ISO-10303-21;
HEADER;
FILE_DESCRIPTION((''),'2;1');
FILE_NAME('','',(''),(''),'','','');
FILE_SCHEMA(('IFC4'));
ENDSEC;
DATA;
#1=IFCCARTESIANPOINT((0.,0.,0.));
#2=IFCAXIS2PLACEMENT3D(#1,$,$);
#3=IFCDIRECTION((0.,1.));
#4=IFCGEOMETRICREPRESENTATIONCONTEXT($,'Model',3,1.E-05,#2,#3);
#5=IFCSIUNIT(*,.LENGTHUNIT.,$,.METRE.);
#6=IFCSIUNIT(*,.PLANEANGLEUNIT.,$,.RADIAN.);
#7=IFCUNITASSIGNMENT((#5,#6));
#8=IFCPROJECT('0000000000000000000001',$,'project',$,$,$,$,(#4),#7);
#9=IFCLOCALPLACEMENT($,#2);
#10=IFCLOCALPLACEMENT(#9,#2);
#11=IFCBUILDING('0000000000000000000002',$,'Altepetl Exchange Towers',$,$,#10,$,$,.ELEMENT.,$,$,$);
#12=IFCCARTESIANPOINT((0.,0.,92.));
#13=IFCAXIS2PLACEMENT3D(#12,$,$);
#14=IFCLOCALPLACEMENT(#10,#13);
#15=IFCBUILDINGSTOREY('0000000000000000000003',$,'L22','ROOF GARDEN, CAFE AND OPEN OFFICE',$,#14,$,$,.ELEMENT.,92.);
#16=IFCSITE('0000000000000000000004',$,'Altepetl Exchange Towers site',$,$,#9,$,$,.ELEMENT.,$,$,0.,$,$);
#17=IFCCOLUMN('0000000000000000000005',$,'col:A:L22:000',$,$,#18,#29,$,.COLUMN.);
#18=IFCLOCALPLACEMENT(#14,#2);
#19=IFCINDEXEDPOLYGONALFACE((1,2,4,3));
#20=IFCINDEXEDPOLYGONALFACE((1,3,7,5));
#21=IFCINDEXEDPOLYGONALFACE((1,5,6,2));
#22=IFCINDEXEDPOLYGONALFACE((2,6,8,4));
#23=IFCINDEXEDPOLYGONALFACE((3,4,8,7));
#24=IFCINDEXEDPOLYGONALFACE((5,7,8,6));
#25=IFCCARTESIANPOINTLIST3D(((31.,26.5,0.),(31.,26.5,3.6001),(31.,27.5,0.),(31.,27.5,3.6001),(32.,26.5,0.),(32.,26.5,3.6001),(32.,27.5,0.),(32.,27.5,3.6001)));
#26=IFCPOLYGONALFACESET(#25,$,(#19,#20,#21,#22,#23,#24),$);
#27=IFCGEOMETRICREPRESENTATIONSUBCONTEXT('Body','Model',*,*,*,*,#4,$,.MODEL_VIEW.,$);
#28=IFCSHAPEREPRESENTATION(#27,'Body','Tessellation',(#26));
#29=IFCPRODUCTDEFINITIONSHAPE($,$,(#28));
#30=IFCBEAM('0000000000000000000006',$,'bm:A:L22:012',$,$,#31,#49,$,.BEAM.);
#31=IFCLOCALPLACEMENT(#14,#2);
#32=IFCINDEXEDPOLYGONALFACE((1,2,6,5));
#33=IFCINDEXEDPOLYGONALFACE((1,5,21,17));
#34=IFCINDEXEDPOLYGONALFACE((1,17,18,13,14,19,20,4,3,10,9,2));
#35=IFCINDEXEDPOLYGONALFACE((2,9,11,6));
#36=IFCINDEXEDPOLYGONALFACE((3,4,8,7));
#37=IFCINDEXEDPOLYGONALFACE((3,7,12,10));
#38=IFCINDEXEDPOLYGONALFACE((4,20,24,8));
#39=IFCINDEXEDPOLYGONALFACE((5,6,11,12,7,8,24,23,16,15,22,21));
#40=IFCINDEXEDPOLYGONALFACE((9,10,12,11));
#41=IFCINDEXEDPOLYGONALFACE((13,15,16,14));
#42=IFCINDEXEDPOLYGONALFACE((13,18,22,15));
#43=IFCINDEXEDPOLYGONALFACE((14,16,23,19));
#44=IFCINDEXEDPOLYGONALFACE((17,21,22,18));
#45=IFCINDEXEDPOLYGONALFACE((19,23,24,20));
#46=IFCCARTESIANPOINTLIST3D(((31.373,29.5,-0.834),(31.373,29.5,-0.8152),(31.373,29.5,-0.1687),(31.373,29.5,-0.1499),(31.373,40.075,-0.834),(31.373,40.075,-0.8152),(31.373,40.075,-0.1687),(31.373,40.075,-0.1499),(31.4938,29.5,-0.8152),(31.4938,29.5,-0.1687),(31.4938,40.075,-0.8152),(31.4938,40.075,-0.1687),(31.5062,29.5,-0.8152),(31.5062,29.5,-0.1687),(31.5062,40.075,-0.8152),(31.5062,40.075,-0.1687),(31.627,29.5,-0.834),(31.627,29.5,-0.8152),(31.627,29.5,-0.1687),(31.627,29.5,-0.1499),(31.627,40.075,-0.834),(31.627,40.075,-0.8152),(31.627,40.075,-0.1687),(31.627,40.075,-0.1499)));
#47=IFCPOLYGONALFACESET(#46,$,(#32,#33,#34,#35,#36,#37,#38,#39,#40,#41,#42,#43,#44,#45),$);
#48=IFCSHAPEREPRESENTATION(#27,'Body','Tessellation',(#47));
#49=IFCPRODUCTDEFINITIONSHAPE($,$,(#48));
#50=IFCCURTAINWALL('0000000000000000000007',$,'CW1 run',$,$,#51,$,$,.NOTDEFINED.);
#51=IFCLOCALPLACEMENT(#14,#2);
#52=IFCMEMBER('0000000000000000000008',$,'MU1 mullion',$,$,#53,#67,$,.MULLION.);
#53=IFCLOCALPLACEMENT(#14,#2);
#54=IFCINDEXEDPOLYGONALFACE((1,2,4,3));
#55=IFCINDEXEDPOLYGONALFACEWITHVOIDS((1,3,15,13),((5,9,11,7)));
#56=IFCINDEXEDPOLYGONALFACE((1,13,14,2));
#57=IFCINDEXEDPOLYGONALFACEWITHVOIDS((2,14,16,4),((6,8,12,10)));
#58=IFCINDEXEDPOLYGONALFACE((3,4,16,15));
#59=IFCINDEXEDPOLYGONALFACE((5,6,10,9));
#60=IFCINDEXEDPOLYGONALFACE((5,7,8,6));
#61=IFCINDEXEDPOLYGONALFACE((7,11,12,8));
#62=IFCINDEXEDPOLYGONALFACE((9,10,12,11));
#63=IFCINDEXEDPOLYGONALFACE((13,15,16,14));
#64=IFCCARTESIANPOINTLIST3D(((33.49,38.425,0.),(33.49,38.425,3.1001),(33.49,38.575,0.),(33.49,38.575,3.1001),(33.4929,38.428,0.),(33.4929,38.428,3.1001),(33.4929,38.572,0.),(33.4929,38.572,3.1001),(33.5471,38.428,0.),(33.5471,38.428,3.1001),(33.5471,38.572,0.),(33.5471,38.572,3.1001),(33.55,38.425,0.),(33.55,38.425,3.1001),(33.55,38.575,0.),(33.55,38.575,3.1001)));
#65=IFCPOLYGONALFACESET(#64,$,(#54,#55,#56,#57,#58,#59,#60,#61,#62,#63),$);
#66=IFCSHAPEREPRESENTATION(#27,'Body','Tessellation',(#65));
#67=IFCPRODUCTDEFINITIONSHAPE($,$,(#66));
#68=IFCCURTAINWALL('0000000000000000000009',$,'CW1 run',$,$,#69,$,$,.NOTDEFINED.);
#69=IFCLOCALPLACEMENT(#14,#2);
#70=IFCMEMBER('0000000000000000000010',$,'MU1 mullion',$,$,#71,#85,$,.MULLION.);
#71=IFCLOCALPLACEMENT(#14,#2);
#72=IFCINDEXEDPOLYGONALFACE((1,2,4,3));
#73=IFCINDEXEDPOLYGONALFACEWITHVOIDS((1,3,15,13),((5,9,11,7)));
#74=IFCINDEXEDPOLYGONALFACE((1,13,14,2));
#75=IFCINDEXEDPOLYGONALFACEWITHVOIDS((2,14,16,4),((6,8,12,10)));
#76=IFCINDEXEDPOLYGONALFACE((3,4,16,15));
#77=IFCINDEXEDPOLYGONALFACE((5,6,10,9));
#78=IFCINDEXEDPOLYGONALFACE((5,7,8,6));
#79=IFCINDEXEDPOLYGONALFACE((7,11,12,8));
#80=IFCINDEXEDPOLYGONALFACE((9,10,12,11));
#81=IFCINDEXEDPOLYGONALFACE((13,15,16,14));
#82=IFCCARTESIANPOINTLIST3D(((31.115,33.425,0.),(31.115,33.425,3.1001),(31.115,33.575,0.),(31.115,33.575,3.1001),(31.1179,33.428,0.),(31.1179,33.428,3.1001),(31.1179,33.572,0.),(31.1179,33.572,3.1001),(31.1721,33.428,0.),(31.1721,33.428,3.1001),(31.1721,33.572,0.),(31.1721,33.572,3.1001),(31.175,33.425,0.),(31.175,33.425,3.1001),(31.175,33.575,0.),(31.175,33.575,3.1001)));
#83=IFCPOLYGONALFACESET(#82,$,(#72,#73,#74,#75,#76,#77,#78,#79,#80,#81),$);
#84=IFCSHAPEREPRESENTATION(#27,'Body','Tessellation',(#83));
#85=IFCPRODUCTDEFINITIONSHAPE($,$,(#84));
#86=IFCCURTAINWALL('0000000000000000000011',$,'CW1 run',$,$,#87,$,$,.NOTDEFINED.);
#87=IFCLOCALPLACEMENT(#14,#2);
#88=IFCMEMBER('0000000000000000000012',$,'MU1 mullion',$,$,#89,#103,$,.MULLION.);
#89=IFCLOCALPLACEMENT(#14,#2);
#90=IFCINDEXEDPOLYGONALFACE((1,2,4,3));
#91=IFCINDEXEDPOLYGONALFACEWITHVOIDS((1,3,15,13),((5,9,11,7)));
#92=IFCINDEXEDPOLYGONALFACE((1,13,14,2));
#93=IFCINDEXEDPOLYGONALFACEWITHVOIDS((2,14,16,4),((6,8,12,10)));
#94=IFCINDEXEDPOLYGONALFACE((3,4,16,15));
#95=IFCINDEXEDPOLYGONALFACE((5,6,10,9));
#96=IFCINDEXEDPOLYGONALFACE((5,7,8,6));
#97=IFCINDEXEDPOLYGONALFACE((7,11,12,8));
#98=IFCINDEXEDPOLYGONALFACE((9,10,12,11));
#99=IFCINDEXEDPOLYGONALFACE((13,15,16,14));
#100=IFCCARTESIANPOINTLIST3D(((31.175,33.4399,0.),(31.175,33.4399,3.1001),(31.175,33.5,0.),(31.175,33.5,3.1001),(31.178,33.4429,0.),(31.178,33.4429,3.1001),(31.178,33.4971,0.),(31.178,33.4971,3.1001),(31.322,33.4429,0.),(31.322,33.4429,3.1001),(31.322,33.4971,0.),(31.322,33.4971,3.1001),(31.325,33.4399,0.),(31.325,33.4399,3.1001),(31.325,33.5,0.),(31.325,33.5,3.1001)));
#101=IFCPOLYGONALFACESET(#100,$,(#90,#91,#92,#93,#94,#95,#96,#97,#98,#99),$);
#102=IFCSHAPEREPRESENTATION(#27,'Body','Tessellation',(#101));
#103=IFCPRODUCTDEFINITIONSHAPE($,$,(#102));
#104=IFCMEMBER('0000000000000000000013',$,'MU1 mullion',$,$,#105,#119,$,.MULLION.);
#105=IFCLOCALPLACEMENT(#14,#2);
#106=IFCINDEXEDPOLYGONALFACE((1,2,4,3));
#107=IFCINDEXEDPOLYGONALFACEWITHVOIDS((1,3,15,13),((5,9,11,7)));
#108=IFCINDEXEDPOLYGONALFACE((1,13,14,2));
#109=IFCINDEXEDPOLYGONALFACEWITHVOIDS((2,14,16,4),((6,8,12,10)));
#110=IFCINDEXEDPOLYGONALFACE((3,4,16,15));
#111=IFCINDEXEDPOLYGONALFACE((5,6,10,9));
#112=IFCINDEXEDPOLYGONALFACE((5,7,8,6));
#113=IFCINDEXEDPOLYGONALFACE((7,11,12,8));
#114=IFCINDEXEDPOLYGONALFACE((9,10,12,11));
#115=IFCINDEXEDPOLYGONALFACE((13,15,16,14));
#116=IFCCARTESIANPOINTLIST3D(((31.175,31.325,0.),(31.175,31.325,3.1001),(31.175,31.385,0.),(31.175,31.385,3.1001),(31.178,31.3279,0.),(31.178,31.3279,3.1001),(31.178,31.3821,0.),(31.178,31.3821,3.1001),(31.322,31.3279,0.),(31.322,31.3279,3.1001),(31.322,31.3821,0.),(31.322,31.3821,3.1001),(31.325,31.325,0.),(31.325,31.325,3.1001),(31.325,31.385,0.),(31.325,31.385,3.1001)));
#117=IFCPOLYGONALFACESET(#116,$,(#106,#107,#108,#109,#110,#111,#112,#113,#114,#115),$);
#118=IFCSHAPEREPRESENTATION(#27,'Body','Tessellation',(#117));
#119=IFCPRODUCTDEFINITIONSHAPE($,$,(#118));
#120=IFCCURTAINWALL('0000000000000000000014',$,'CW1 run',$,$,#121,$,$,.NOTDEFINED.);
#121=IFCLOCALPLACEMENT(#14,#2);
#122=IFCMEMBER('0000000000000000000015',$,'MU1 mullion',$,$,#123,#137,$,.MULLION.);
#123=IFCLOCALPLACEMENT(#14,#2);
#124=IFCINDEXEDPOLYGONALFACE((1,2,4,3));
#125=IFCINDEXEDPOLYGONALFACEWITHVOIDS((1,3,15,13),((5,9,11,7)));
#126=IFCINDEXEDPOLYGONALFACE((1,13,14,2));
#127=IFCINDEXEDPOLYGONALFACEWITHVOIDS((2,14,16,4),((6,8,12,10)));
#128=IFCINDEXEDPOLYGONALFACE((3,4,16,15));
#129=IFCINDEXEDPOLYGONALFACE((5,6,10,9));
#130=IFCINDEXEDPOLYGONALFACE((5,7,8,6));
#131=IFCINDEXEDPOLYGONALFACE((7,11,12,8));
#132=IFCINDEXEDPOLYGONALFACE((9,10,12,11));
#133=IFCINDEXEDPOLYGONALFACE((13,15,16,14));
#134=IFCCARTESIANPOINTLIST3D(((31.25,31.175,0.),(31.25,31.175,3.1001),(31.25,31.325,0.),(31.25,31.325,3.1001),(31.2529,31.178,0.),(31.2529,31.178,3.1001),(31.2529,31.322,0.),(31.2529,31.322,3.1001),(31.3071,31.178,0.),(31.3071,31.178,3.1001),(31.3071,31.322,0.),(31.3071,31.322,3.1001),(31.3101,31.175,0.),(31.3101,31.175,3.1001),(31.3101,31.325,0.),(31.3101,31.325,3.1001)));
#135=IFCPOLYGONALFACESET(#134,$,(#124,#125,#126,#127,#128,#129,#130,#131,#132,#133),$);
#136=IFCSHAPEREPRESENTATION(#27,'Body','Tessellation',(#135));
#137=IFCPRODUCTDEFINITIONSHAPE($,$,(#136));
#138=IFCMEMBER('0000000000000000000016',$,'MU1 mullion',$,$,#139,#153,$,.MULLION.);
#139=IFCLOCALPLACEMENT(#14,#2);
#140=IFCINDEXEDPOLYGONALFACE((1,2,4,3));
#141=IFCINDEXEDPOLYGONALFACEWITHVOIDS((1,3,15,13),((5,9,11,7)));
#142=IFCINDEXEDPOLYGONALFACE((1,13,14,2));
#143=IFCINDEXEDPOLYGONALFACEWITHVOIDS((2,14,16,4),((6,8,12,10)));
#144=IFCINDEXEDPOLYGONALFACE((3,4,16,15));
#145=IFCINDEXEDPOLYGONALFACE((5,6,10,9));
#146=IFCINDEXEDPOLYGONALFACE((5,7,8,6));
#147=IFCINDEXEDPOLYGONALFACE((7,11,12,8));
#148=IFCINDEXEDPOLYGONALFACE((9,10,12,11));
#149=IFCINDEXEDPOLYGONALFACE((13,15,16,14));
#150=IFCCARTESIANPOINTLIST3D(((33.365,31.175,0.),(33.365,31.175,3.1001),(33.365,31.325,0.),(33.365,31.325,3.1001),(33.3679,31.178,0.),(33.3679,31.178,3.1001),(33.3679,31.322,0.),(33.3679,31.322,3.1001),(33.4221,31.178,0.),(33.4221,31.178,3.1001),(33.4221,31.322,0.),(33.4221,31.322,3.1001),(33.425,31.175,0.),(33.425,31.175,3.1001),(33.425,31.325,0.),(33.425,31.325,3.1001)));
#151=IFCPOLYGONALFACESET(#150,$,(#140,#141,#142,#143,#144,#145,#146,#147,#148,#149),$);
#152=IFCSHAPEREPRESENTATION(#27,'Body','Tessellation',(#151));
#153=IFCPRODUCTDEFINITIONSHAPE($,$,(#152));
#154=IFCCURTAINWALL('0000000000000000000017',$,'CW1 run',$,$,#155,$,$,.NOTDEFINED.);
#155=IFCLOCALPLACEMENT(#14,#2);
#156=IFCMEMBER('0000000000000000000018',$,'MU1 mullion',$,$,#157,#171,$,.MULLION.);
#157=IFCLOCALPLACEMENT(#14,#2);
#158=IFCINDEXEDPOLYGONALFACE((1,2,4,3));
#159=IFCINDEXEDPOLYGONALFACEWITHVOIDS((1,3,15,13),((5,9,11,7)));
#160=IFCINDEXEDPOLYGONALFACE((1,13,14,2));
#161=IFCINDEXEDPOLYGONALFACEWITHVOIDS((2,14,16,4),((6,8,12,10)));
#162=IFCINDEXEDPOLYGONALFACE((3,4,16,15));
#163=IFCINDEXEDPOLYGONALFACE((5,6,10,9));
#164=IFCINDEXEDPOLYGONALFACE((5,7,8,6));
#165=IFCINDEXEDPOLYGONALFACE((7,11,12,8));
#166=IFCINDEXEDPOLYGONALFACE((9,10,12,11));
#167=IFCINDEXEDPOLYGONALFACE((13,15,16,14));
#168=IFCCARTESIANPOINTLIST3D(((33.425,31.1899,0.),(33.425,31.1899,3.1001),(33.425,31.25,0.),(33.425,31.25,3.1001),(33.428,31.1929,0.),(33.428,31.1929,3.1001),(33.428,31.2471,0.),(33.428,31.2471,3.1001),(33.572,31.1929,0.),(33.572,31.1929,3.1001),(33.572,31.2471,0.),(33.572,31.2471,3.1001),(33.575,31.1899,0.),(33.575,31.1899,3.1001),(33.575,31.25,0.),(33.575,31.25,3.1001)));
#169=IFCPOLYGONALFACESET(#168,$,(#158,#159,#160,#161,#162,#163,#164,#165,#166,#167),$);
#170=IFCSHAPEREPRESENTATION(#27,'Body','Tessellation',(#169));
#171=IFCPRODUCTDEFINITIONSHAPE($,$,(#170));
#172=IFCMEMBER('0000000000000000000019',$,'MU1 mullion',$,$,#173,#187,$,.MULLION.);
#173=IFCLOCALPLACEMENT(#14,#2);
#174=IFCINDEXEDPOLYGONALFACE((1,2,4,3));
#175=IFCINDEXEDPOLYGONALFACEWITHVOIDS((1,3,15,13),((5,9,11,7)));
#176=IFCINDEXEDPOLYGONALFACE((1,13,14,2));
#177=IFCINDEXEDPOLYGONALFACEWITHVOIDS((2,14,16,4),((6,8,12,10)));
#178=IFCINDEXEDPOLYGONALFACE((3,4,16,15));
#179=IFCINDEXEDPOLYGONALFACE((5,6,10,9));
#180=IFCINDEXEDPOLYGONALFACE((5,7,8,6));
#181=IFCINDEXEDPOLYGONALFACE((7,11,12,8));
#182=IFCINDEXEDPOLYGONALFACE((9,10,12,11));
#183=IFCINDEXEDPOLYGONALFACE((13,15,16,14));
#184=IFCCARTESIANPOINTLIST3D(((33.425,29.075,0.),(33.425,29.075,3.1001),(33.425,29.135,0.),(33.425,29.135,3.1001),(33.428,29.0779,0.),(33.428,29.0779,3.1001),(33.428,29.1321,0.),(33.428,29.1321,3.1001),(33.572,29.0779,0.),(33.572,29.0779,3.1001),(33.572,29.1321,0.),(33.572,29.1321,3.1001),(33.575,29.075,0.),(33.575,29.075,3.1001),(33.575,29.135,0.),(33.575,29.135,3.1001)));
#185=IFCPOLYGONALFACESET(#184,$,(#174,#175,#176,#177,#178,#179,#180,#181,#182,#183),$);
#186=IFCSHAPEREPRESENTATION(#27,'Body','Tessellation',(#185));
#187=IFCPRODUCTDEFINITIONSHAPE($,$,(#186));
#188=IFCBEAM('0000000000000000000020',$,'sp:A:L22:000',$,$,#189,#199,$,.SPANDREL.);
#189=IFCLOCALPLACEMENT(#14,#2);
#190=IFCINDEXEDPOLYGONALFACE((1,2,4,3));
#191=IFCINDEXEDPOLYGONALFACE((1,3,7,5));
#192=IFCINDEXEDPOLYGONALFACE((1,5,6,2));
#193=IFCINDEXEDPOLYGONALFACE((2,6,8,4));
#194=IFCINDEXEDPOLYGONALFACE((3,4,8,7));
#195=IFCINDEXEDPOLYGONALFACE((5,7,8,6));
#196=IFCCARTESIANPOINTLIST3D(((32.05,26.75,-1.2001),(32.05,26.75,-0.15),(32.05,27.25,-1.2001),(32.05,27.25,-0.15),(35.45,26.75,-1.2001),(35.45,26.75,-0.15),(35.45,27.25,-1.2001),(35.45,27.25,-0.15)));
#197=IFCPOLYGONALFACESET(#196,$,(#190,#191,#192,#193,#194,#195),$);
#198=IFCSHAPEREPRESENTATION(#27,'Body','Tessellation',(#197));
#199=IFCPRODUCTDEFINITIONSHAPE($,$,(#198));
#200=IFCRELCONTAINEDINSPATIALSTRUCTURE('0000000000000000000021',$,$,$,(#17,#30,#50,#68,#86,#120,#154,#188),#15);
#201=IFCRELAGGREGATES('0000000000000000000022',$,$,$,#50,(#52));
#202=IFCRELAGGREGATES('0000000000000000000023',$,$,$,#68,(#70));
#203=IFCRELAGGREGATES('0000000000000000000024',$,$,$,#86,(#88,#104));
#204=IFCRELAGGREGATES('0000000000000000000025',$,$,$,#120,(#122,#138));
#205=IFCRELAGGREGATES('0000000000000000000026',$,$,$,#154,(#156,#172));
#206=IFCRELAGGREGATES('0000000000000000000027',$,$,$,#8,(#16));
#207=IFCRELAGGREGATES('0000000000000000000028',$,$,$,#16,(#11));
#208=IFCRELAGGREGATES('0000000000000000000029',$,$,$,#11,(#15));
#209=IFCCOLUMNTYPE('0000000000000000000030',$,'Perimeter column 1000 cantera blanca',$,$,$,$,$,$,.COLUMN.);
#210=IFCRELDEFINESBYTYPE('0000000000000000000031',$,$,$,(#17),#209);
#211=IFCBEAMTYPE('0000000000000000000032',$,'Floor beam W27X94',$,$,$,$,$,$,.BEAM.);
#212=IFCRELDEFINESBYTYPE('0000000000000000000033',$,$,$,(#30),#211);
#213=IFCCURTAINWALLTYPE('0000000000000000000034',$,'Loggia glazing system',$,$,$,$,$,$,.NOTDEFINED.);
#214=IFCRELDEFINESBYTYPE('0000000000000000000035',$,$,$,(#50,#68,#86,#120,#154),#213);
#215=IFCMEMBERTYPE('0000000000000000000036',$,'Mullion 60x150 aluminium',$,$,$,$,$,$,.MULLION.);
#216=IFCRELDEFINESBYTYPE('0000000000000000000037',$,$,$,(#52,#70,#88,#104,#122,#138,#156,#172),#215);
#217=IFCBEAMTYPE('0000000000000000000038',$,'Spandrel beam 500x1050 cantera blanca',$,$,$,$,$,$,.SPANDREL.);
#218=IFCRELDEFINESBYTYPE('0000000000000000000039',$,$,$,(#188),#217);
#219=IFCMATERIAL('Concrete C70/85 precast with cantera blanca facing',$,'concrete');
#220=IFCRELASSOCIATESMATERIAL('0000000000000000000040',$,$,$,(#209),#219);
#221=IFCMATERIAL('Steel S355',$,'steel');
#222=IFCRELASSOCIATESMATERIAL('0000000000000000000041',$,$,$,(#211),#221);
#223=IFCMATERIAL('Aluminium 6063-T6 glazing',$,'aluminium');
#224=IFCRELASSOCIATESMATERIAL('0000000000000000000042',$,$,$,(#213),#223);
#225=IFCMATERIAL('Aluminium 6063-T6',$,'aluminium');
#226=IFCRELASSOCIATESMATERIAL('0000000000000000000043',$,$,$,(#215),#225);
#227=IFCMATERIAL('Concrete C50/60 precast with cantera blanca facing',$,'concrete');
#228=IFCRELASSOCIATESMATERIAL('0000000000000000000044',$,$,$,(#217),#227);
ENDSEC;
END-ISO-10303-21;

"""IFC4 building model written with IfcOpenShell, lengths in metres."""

from ifc_helpers import new_model, si_unit, direction, frame, origin, origin_2d, place, context, subcontext, project, spatial, rectangle, hollow_rectangle, i_section, extrude, material, material_profile, profile_set, type_object, element, aggregate, save


model = new_model("IFC4")

# Units and contexts
model_context = context("Model", 3, precision=1e-05, world=origin(), true_north=direction((0.0, 1.0)))
body_context = subcontext(model_context, "Body", "Model", "MODEL_VIEW")
ifc_project = project(units=[si_unit("LENGTHUNIT", "METRE"), si_unit("PLANEANGLEUNIT", "RADIAN")], contexts=[model_context])

# Site, building, storey
site_placement = place(None, origin())
site = spatial("IfcSite", under=ifc_project, at=site_placement, Name="Altepetl Exchange Towers site", CompositionType="ELEMENT", RefElevation=0.0)
building_placement = place(site_placement, origin())
building = spatial("IfcBuilding", under=site, at=building_placement, Name="Altepetl Exchange Towers", CompositionType="ELEMENT")
storey_placement = place(building_placement, frame((0.0, 0.0, 92.0)))
storey = spatial("IfcBuildingStorey", under=building, at=storey_placement, Name="L22", Description="ROOF GARDEN, CAFE AND OPEN OFFICE", CompositionType="ELEMENT", Elevation=92.0)

# Column
ifc_material_1 = material(Name="Concrete C70/85 precast with cantera blanca facing", Category="concrete")
ifc_material_profile_1 = material_profile(ifc_material_1, rectangle(XDim=1.0, YDim=1.0, at=origin_2d()), Name="1000 x 1000")
ifc_profile_set_1 = profile_set([ifc_material_profile_1], Name="Concrete C70/85 precast with cantera blanca facing")
column_type = type_object("IfcColumnType", Name="Perimeter column 1000 cantera blanca", PredefinedType="COLUMN", material=ifc_profile_set_1)
column_placement = place(storey_placement, frame((31.5, 27.0, 0.0)))
element("IfcColumn", 1, at=column_placement, inside=storey, type_object=column_type, Name="col:A:L22:000", PredefinedType="COLUMN", context=body_context, shape_type="SweptSolid", body=[
    extrude(rectangle(XDim=1.0, YDim=1.0, at=origin_2d()), origin(), (0.0, 0.0, 1.0), 3.6001),
])

# Beam
ifc_material_2 = material(Name="Steel S355", Category="steel")
ifc_material_profile_2 = material_profile(ifc_material_2, i_section(OverallWidth=0.2539, OverallDepth=0.6841, WebThickness=0.0125, FlangeThickness=0.0188, at=origin_2d()), Name="W27X94")
ifc_profile_set_2 = profile_set([ifc_material_profile_2], Name="Steel S355")
beam_type_1 = type_object("IfcBeamType", Name="Floor beam W27X94", PredefinedType="BEAM", material=ifc_profile_set_2)
beam_1_placement = place(storey_placement, frame((31.5, 29.5, -0.4919), z_axis=(0.0, 1.0, 0.0), x_axis=(-1.0, 0.0, 0.0)))
element("IfcBeam", 2, at=beam_1_placement, inside=storey, type_object=beam_type_1, Name="bm:A:L22:012", PredefinedType="BEAM", context=body_context, shape_type="SweptSolid", body=[
    extrude(i_section(OverallWidth=0.2539, OverallDepth=0.6841, WebThickness=0.0125, FlangeThickness=0.0188, at=origin_2d()), origin(), (0.0, 0.0, 1.0), 10.575),
])

# Curtain walls, members
ifc_material_3 = material(Name="Aluminium 6063-T6 glazing", Category="aluminium")
curtain_wall_type = type_object("IfcCurtainWallType", Name="Loggia glazing system", PredefinedType="NOTDEFINED", material=ifc_material_3)
curtain_wall_1_placement = place(storey_placement, origin())
curtain_wall_1 = element("IfcCurtainWall", 3, at=curtain_wall_1_placement, inside=storey, type_object=curtain_wall_type, Name="CW1 run", PredefinedType="NOTDEFINED")
ifc_material_4 = material(Name="Aluminium 6063-T6", Category="aluminium")
ifc_material_profile_3 = material_profile(ifc_material_4, hollow_rectangle(XDim=0.0601, YDim=0.1499, WallThickness=0.0029, at=origin_2d()), Name="Mullion 60x150 aluminium")
ifc_profile_set_3 = profile_set([ifc_material_profile_3], Name="Aluminium 6063-T6")
member_type = type_object("IfcMemberType", Name="Mullion 60x150 aluminium", PredefinedType="MULLION", material=ifc_profile_set_3)
member_1_placement = place(storey_placement, frame((33.52, 38.5, 0.0), z_axis=(0.0, 0.0, 1.0), x_axis=(-1.0, 0.0, 0.0)))
member_1 = element("IfcMember", 4, at=member_1_placement, type_object=member_type, Name="MU1 mullion", PredefinedType="MULLION", context=body_context, shape_type="SweptSolid", body=[
    extrude(hollow_rectangle(XDim=0.0601, YDim=0.1499, WallThickness=0.0029, at=origin_2d()), origin(), (0.0, 0.0, 1.0), 3.1001),
])
curtain_wall_2_placement = place(storey_placement, origin())
curtain_wall_2 = element("IfcCurtainWall", 5, at=curtain_wall_2_placement, inside=storey, type_object=curtain_wall_type, Name="CW1 run", PredefinedType="NOTDEFINED")
member_2_placement = place(storey_placement, frame((31.145, 33.5, 0.0)))
member_2 = element("IfcMember", 6, at=member_2_placement, type_object=member_type, Name="MU1 mullion", PredefinedType="MULLION", context=body_context, shape_type="SweptSolid", body=[
    extrude(hollow_rectangle(XDim=0.0601, YDim=0.1499, WallThickness=0.0029, at=origin_2d()), origin(), (0.0, 0.0, 1.0), 3.1001),
])

# Curtain walls, members
curtain_wall_3_placement = place(storey_placement, origin())
curtain_wall_3 = element("IfcCurtainWall", 7, at=curtain_wall_3_placement, inside=storey, type_object=curtain_wall_type, Name="CW1 run", PredefinedType="NOTDEFINED")
member_3_placement = place(storey_placement, frame((31.25, 33.47, 0.0), z_axis=(0.0, 0.0, 1.0), x_axis=(0.0, -1.0, 0.0)))
member_3 = element("IfcMember", 8, at=member_3_placement, type_object=member_type, Name="MU1 mullion", PredefinedType="MULLION", context=body_context, shape_type="SweptSolid", body=[
    extrude(hollow_rectangle(XDim=0.0601, YDim=0.1499, WallThickness=0.0029, at=origin_2d()), origin(), (0.0, 0.0, 1.0), 3.1001),
])
member_4_placement = place(storey_placement, frame((31.25, 31.355, 0.0), z_axis=(0.0, 0.0, 1.0), x_axis=(0.0, -1.0, 0.0)))
member_4 = element("IfcMember", 9, at=member_4_placement, type_object=member_type, Name="MU1 mullion", PredefinedType="MULLION", context=body_context, shape_type="SweptSolid", body=[
    extrude(hollow_rectangle(XDim=0.0601, YDim=0.1499, WallThickness=0.0029, at=origin_2d()), origin(), (0.0, 0.0, 1.0), 3.1001),
])
curtain_wall_4_placement = place(storey_placement, origin())
curtain_wall_4 = element("IfcCurtainWall", 10, at=curtain_wall_4_placement, inside=storey, type_object=curtain_wall_type, Name="CW1 run", PredefinedType="NOTDEFINED")
member_5_placement = place(storey_placement, frame((31.28, 31.25, 0.0)))
member_5 = element("IfcMember", 11, at=member_5_placement, type_object=member_type, Name="MU1 mullion", PredefinedType="MULLION", context=body_context, shape_type="SweptSolid", body=[
    extrude(hollow_rectangle(XDim=0.0601, YDim=0.1499, WallThickness=0.0029, at=origin_2d()), origin(), (0.0, 0.0, 1.0), 3.1001),
])
member_6_placement = place(storey_placement, frame((33.395, 31.25, 0.0)))
member_6 = element("IfcMember", 12, at=member_6_placement, type_object=member_type, Name="MU1 mullion", PredefinedType="MULLION", context=body_context, shape_type="SweptSolid", body=[
    extrude(hollow_rectangle(XDim=0.0601, YDim=0.1499, WallThickness=0.0029, at=origin_2d()), origin(), (0.0, 0.0, 1.0), 3.1001),
])
curtain_wall_5_placement = place(storey_placement, origin())
curtain_wall_5 = element("IfcCurtainWall", 13, at=curtain_wall_5_placement, inside=storey, type_object=curtain_wall_type, Name="CW1 run", PredefinedType="NOTDEFINED")
member_7_placement = place(storey_placement, frame((33.5, 31.22, 0.0), z_axis=(0.0, 0.0, 1.0), x_axis=(0.0, -1.0, 0.0)))
member_7 = element("IfcMember", 14, at=member_7_placement, type_object=member_type, Name="MU1 mullion", PredefinedType="MULLION", context=body_context, shape_type="SweptSolid", body=[
    extrude(hollow_rectangle(XDim=0.0601, YDim=0.1499, WallThickness=0.0029, at=origin_2d()), origin(), (0.0, 0.0, 1.0), 3.1001),
])
member_8_placement = place(storey_placement, frame((33.5, 29.105, 0.0), z_axis=(0.0, 0.0, 1.0), x_axis=(0.0, -1.0, 0.0)))
member_8 = element("IfcMember", 15, at=member_8_placement, type_object=member_type, Name="MU1 mullion", PredefinedType="MULLION", context=body_context, shape_type="SweptSolid", body=[
    extrude(hollow_rectangle(XDim=0.0601, YDim=0.1499, WallThickness=0.0029, at=origin_2d()), origin(), (0.0, 0.0, 1.0), 3.1001),
])

# Beam
ifc_material_5 = material(Name="Concrete C50/60 precast with cantera blanca facing", Category="concrete")
ifc_material_profile_4 = material_profile(ifc_material_5, rectangle(XDim=0.5, YDim=1.05, at=origin_2d()), Name="500 x 1050")
ifc_profile_set_4 = profile_set([ifc_material_profile_4], Name="Concrete C50/60 precast with cantera blanca facing")
beam_type_2 = type_object("IfcBeamType", Name="Spandrel beam 500x1050 cantera blanca", PredefinedType="SPANDREL", material=ifc_profile_set_4)
beam_2_placement = place(storey_placement, frame((32.05, 27.0, -0.675), z_axis=(1.0, 0.0, 0.0), x_axis=(0.0, 1.0, 0.0)))
element("IfcBeam", 16, at=beam_2_placement, inside=storey, type_object=beam_type_2, Name="sp:A:L22:000", PredefinedType="SPANDREL", context=body_context, shape_type="SweptSolid", body=[
    extrude(rectangle(XDim=0.5, YDim=1.05, at=origin_2d()), origin(), (0.0, 0.0, 1.0), 3.3999),
])

aggregate(curtain_wall_1, [member_1])
aggregate(curtain_wall_2, [member_2])
aggregate(curtain_wall_3, [member_3, member_4])
aggregate(curtain_wall_4, [member_5, member_6])
aggregate(curtain_wall_5, [member_7, member_8])

save(model, "model.ifc")
